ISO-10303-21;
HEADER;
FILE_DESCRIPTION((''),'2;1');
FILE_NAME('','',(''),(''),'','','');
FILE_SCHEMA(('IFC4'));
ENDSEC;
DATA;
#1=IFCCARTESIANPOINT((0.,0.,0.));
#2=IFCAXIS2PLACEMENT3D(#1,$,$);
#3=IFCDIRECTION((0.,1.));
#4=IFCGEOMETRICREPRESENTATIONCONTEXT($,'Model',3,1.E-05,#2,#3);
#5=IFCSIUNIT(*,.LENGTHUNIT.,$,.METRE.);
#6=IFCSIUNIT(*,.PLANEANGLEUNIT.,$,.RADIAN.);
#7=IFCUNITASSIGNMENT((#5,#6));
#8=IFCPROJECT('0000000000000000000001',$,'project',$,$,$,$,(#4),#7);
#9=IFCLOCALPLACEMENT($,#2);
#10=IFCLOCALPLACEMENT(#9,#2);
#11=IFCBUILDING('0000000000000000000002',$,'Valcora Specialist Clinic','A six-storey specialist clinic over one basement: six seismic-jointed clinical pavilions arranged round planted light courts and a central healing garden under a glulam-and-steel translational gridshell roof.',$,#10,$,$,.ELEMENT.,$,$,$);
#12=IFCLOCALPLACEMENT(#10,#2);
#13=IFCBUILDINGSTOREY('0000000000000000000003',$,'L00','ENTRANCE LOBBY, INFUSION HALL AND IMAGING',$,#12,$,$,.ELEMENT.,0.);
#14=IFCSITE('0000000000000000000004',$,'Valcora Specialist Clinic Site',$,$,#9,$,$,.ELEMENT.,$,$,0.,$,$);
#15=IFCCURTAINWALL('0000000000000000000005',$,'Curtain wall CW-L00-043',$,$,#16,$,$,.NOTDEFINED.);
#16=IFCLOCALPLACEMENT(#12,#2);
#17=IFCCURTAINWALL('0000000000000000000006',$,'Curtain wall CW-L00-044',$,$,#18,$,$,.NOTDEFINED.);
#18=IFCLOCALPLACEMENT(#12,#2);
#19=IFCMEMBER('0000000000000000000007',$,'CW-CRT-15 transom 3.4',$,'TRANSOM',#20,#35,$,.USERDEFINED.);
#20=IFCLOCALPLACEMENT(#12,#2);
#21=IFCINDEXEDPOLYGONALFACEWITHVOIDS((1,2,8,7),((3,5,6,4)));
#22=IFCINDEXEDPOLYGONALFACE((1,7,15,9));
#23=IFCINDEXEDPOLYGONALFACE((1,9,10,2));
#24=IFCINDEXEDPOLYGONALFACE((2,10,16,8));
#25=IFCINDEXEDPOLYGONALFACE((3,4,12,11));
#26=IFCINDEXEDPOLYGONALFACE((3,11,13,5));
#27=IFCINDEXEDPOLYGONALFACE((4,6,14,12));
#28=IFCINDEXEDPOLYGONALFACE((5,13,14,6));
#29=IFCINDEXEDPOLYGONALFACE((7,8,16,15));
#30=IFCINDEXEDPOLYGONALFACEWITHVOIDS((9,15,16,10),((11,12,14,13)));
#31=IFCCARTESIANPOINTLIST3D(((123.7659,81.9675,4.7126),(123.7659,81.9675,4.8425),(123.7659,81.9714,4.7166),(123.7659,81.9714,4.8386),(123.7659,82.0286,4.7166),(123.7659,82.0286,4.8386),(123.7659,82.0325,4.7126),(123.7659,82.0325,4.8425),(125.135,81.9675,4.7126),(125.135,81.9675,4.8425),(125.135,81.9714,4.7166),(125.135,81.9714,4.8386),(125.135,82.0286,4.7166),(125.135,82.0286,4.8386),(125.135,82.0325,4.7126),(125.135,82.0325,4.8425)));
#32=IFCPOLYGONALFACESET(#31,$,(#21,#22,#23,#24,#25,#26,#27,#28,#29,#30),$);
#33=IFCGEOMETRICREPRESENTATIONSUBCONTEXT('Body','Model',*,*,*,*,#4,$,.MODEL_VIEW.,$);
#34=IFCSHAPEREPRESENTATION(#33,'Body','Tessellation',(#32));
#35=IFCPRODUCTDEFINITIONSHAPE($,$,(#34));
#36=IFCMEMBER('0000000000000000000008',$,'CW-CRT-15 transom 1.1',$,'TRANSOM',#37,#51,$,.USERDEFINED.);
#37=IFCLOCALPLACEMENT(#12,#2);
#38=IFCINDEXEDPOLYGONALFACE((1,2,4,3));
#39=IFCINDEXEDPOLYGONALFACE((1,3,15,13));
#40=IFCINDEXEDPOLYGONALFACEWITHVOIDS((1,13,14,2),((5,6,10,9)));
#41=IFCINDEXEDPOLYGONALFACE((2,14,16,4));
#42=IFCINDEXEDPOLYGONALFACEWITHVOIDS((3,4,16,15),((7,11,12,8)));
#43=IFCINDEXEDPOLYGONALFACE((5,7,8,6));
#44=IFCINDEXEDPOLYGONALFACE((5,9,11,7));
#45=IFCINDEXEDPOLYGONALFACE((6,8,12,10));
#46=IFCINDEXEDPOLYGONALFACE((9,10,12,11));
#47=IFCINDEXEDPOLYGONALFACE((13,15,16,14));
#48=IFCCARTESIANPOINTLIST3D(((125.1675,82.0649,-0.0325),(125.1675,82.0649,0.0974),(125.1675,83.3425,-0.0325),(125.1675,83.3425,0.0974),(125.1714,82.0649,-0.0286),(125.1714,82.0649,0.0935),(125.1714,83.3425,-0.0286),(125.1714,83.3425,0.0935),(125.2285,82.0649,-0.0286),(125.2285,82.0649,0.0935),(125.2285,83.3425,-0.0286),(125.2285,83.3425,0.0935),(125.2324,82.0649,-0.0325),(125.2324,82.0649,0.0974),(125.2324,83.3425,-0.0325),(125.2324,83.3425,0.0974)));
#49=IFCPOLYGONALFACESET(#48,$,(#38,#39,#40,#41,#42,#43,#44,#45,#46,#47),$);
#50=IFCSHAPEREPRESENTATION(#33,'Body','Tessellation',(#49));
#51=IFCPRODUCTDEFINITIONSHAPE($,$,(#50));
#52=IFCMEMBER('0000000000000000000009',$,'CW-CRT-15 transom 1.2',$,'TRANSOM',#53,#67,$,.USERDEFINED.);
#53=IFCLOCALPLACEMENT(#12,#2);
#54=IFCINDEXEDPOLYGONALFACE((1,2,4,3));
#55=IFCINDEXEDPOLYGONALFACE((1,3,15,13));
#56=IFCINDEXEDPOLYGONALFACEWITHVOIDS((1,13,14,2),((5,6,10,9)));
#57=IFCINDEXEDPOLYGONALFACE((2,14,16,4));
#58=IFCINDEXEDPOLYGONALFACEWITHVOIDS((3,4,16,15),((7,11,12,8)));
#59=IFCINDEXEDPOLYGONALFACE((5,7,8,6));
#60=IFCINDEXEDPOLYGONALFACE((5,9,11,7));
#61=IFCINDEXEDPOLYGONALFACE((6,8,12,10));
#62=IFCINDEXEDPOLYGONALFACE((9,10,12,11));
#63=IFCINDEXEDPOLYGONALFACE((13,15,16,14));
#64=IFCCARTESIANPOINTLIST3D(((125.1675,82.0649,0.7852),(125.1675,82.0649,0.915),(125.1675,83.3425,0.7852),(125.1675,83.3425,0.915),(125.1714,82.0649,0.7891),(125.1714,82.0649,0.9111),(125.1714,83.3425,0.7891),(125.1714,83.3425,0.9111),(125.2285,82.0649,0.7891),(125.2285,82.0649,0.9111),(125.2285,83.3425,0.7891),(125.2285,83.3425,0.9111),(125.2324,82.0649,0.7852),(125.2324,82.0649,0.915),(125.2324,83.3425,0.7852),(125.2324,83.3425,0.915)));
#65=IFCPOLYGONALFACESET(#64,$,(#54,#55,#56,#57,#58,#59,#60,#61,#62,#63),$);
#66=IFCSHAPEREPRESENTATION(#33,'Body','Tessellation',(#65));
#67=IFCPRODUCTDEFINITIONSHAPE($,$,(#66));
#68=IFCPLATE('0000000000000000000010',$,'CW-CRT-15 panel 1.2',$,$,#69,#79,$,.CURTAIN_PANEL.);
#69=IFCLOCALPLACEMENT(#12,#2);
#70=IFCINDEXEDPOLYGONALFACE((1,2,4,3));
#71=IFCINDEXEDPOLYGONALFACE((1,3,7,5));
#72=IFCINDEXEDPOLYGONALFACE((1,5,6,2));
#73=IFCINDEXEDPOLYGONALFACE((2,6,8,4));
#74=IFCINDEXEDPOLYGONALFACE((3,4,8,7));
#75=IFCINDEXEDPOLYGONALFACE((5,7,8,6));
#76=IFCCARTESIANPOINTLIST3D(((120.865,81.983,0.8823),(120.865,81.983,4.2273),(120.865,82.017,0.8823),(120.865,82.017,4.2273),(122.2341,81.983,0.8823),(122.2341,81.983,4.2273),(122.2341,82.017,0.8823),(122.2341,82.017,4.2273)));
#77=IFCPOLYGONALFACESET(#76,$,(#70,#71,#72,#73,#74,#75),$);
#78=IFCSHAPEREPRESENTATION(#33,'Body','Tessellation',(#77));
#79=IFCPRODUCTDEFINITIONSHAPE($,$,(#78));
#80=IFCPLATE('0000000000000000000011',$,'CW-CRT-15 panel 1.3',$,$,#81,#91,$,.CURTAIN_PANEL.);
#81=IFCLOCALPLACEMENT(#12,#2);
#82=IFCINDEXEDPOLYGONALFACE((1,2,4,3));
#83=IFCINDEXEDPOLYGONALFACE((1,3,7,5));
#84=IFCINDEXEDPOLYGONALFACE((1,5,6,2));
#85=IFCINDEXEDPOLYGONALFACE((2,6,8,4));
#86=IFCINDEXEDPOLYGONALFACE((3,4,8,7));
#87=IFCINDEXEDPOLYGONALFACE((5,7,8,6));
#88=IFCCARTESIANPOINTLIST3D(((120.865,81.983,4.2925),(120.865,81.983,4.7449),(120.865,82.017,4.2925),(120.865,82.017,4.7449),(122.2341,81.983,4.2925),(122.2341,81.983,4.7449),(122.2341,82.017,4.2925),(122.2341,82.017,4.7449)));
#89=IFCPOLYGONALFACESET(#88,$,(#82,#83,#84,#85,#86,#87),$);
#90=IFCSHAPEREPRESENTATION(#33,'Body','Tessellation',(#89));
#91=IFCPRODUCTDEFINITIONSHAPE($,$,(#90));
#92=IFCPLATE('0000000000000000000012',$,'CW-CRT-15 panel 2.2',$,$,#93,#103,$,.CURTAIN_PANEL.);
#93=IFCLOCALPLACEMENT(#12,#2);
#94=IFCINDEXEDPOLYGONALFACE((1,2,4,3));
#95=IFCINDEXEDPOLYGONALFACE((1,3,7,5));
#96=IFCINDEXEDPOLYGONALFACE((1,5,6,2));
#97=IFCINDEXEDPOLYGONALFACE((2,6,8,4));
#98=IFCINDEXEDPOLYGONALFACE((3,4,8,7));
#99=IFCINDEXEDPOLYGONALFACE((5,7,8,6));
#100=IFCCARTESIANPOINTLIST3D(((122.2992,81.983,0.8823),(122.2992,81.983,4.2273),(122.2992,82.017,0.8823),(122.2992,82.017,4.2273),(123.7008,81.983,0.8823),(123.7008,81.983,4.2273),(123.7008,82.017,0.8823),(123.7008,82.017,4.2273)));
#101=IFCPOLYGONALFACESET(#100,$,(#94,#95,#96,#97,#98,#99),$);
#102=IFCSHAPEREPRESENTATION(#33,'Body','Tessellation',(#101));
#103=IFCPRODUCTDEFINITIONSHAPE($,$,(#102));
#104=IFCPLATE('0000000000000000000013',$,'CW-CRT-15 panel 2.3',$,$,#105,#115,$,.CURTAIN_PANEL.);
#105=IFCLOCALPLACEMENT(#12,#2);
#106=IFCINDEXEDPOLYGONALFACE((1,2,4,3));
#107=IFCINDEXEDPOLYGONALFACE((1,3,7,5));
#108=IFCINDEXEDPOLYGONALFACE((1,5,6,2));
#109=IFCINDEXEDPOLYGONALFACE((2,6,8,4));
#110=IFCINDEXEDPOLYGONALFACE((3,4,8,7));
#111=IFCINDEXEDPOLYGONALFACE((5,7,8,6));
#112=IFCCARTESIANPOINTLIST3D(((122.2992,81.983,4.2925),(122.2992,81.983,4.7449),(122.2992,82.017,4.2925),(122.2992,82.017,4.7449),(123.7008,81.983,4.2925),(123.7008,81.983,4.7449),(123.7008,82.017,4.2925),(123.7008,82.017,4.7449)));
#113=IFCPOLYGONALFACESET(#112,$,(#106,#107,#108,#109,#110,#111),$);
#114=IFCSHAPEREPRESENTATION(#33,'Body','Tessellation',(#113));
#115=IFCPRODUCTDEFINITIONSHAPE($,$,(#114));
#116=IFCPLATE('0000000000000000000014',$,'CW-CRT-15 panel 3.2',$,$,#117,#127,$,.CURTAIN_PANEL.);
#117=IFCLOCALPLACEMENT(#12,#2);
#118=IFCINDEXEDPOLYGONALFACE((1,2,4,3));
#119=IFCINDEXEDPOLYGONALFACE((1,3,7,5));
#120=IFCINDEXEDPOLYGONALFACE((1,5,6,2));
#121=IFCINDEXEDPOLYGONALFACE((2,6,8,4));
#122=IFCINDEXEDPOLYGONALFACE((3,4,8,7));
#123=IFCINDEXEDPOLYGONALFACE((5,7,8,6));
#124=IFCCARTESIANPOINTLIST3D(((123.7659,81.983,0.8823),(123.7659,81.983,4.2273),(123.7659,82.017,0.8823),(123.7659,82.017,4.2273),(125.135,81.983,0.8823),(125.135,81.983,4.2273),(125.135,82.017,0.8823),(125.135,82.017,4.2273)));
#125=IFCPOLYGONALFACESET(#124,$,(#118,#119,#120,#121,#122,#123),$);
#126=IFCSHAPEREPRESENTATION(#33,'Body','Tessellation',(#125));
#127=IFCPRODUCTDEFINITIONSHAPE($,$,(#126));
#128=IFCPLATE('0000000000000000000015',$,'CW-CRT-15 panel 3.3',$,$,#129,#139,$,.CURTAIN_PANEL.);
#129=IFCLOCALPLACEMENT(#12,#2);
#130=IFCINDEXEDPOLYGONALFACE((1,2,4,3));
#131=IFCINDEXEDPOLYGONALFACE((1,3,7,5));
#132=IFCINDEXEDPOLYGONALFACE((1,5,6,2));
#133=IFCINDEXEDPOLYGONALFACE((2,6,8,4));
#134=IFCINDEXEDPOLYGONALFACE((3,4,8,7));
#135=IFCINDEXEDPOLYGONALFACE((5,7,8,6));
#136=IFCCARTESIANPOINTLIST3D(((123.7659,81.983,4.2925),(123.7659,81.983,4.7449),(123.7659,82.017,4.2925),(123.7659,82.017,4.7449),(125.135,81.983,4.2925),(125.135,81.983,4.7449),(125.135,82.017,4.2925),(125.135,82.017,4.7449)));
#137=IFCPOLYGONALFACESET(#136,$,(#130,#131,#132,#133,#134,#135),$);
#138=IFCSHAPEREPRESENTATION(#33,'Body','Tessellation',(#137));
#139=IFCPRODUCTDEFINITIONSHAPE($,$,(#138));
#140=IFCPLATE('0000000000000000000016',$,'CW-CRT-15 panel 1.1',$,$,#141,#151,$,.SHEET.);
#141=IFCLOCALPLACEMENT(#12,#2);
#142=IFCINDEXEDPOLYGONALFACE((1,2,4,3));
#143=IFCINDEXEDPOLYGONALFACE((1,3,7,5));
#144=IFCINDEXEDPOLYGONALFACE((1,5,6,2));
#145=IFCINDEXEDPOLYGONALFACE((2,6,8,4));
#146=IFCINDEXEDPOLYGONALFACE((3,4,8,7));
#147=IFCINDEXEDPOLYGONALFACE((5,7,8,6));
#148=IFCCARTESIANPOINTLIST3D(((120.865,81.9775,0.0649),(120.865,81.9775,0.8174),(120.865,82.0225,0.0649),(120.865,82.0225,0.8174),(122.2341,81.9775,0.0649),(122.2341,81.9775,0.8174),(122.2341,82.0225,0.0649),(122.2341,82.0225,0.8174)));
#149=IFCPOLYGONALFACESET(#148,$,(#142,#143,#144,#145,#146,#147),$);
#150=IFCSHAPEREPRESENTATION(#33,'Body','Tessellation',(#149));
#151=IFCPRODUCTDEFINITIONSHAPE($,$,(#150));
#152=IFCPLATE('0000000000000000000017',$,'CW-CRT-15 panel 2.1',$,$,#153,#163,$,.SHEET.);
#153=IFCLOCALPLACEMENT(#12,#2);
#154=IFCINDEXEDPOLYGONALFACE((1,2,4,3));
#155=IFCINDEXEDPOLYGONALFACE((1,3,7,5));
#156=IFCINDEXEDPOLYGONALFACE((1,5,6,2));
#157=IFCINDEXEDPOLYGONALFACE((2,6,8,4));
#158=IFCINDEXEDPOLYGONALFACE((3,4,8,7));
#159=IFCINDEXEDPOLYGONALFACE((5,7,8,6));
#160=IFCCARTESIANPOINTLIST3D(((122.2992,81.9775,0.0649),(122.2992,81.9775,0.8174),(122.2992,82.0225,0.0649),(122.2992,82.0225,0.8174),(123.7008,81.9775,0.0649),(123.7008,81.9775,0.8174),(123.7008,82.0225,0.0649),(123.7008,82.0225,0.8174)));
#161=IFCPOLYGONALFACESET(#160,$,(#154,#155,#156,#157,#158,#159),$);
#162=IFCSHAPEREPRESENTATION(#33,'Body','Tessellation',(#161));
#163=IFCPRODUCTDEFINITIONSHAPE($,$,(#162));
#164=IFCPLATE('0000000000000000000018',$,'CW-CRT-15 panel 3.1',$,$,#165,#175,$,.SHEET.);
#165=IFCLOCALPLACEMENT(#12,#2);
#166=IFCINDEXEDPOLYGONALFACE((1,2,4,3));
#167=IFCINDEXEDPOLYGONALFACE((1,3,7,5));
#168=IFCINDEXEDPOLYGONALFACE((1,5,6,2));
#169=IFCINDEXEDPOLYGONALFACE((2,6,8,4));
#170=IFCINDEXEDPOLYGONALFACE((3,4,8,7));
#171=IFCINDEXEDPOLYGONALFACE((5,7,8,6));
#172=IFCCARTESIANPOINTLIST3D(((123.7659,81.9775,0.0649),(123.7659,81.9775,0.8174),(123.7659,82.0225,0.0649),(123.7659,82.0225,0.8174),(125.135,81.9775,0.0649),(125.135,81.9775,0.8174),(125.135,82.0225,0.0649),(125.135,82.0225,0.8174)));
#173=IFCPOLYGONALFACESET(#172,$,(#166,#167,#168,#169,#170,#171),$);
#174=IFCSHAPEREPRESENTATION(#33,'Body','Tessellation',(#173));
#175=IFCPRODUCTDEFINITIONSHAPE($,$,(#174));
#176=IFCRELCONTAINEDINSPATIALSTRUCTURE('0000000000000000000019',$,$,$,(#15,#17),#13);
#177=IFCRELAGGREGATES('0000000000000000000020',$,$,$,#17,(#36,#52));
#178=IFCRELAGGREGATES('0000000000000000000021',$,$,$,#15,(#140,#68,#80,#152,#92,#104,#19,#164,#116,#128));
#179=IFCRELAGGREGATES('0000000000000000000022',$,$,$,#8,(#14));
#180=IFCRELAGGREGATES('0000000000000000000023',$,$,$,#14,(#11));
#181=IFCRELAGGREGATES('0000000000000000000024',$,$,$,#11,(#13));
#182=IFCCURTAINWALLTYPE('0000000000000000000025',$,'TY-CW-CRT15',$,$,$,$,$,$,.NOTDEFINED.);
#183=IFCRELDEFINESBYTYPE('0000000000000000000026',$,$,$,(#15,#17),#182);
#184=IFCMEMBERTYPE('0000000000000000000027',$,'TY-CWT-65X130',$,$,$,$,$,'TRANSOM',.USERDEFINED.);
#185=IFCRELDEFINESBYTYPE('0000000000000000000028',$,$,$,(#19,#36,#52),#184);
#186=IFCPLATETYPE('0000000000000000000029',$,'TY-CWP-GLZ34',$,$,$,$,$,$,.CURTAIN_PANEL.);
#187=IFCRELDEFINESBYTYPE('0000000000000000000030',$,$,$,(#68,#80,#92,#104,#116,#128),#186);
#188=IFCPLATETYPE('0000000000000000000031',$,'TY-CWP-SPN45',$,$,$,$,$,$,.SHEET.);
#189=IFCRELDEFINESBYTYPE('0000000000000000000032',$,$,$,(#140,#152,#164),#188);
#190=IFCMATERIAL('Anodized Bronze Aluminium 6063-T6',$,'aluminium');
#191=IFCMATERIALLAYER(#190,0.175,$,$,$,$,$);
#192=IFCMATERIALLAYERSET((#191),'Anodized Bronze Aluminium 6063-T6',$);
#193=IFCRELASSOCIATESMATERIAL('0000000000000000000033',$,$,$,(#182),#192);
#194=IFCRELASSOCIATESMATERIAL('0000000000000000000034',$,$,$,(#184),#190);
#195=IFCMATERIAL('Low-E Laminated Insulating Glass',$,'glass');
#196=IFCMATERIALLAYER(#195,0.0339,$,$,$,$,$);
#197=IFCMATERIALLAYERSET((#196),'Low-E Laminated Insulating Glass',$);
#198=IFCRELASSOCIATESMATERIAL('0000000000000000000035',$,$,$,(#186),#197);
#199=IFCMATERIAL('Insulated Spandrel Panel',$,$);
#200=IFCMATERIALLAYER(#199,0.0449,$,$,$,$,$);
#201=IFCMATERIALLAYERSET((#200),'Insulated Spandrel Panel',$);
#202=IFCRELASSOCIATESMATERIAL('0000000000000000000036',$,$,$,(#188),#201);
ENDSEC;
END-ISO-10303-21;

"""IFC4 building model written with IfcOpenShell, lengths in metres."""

from ifc_helpers import new_model, si_unit, direction, frame, origin, origin_2d, place, context, subcontext, project, spatial, rectangle, hollow_rectangle, extrude, material, layer, layer_set, material_profile, profile_set, type_object, element, aggregate, save


model = new_model("IFC4")

# Units and contexts
model_context = context("Model", 3, precision=1e-05, world=origin(), true_north=direction((0.0, 1.0)))
body_context = subcontext(model_context, "Body", "Model", "MODEL_VIEW")
ifc_project = project(units=[si_unit("LENGTHUNIT", "METRE"), si_unit("PLANEANGLEUNIT", "RADIAN")], contexts=[model_context])

# Site, building, storey
site_placement = place(None, origin())
site = spatial("IfcSite", under=ifc_project, at=site_placement, Name="Valcora Specialist Clinic Site", CompositionType="ELEMENT", RefElevation=0.0)
building_placement = place(site_placement, origin())
building = spatial("IfcBuilding", under=site, at=building_placement, Name="Valcora Specialist Clinic", Description="A six-storey specialist clinic over one basement: six seismic-jointed clinical pavilions arranged round planted light courts and a central healing garden under a glulam-and-steel translational gridshell roof.", CompositionType="ELEMENT")
storey_placement = place(building_placement, origin())
storey = spatial("IfcBuildingStorey", under=building, at=storey_placement, Name="L00", Description="ENTRANCE LOBBY, INFUSION HALL AND IMAGING", CompositionType="ELEMENT", Elevation=0.0)

# Curtain wall
ifc_material_1 = material(Name="Anodized Bronze Aluminium 6063-T6", Category="aluminium")
ifc_layer_1 = layer(ifc_material_1, 0.175)
ifc_layer_set_1 = layer_set([ifc_layer_1], Name="Anodized Bronze Aluminium 6063-T6")
curtain_wall_type = type_object("IfcCurtainWallType", Name="TY-CW-CRT15", PredefinedType="NOTDEFINED", material=ifc_layer_set_1)
curtain_wall_1_placement = place(storey_placement, origin())
curtain_wall_1 = element("IfcCurtainWall", 1, at=curtain_wall_1_placement, inside=storey, type_object=curtain_wall_type, Name="Curtain wall CW-L00-043", PredefinedType="NOTDEFINED")

# Curtain wall
curtain_wall_2_placement = place(storey_placement, origin())
curtain_wall_2 = element("IfcCurtainWall", 2, at=curtain_wall_2_placement, inside=storey, type_object=curtain_wall_type, Name="Curtain wall CW-L00-044", PredefinedType="NOTDEFINED")

# Members
ifc_material_profile_1 = material_profile(ifc_material_1, hollow_rectangle(XDim=0.0649, YDim=0.1299, WallThickness=0.0039, at=origin_2d()), Name="AL-TRN-65X130")
ifc_profile_set_1 = profile_set([ifc_material_profile_1], Name="Anodized Bronze Aluminium 6063-T6")
member_type_1 = type_object("IfcMemberType", Name="TY-CWT-65X130", ElementType="TRANSOM", PredefinedType="USERDEFINED", material=ifc_profile_set_1)
member_1_placement = place(storey_placement, frame((123.7659, 82.0, 4.7776), z_axis=(1.0, 0.0, 0.0), x_axis=(0.0, 1.0, 0.0)))
member_1 = element("IfcMember", 3, at=member_1_placement, type_object=member_type_1, Name="CW-CRT-15 transom 3.4", ObjectType="TRANSOM", PredefinedType="USERDEFINED", context=body_context, shape_type="SweptSolid", body=[
    extrude(hollow_rectangle(XDim=0.0649, YDim=0.1299, WallThickness=0.0039, at=origin_2d()), origin(), (0.0, 0.0, 1.0), 1.3691),
])
member_2_placement = place(storey_placement, frame((125.2, 82.0649, 0.0325), z_axis=(0.0, 1.0, 0.0), x_axis=(-1.0, 0.0, 0.0)))
member_2 = element("IfcMember", 4, at=member_2_placement, type_object=member_type_1, Name="CW-CRT-15 transom 1.1", ObjectType="TRANSOM", PredefinedType="USERDEFINED", context=body_context, shape_type="SweptSolid", body=[
    extrude(hollow_rectangle(XDim=0.0649, YDim=0.1299, WallThickness=0.0039, at=origin_2d()), origin(), (0.0, 0.0, 1.0), 1.2776),
])
member_3_placement = place(storey_placement, frame((125.2, 82.0649, 0.8501), z_axis=(0.0, 1.0, 0.0), x_axis=(-1.0, 0.0, 0.0)))
member_3 = element("IfcMember", 5, at=member_3_placement, type_object=member_type_1, Name="CW-CRT-15 transom 1.2", ObjectType="TRANSOM", PredefinedType="USERDEFINED", context=body_context, shape_type="SweptSolid", body=[
    extrude(hollow_rectangle(XDim=0.0649, YDim=0.1299, WallThickness=0.0039, at=origin_2d()), origin(), (0.0, 0.0, 1.0), 1.2776),
])
aggregate(curtain_wall_2, [member_2, member_3])

# Plates
ifc_material_2 = material(Name="Low-E Laminated Insulating Glass", Category="glass")
ifc_layer_2 = layer(ifc_material_2, 0.0339)
ifc_layer_set_2 = layer_set([ifc_layer_2], Name="Low-E Laminated Insulating Glass")
plate_type_1 = type_object("IfcPlateType", Name="TY-CWP-GLZ34", PredefinedType="CURTAIN_PANEL", material=ifc_layer_set_2)
plate_1_placement = place(storey_placement, frame((121.5496, 82.0, 0.8823), z_axis=(0.0, 0.0, 1.0), x_axis=(1.0, 0.0, 0.0)))
plate_1 = element("IfcPlate", 6, at=plate_1_placement, type_object=plate_type_1, Name="CW-CRT-15 panel 1.2", PredefinedType="CURTAIN_PANEL", context=body_context, shape_type="SweptSolid", body=[
    extrude(rectangle(XDim=1.3691, YDim=0.0339, at=origin_2d()), origin(), (0.0, 0.0, 1.0), 3.345),
])
plate_2_placement = place(storey_placement, frame((121.5496, 82.0, 4.2925), z_axis=(0.0, 0.0, 1.0), x_axis=(1.0, 0.0, 0.0)))
plate_2 = element("IfcPlate", 7, at=plate_2_placement, type_object=plate_type_1, Name="CW-CRT-15 panel 1.3", PredefinedType="CURTAIN_PANEL", context=body_context, shape_type="SweptSolid", body=[
    extrude(rectangle(XDim=1.3691, YDim=0.0339, at=origin_2d()), origin(), (0.0, 0.0, 1.0), 0.4524),
])
plate_3_placement = place(storey_placement, frame((123.0, 82.0, 0.8823), z_axis=(0.0, 0.0, 1.0), x_axis=(1.0, 0.0, 0.0)))
plate_3 = element("IfcPlate", 8, at=plate_3_placement, type_object=plate_type_1, Name="CW-CRT-15 panel 2.2", PredefinedType="CURTAIN_PANEL", context=body_context, shape_type="SweptSolid", body=[
    extrude(rectangle(XDim=1.4016, YDim=0.0339, at=origin_2d()), origin(), (0.0, 0.0, 1.0), 3.345),
])
plate_4_placement = place(storey_placement, frame((123.0, 82.0, 4.2925), z_axis=(0.0, 0.0, 1.0), x_axis=(1.0, 0.0, 0.0)))
plate_4 = element("IfcPlate", 9, at=plate_4_placement, type_object=plate_type_1, Name="CW-CRT-15 panel 2.3", PredefinedType="CURTAIN_PANEL", context=body_context, shape_type="SweptSolid", body=[
    extrude(rectangle(XDim=1.4016, YDim=0.0339, at=origin_2d()), origin(), (0.0, 0.0, 1.0), 0.4524),
])
plate_5_placement = place(storey_placement, frame((124.4504, 82.0, 0.8823), z_axis=(0.0, 0.0, 1.0), x_axis=(1.0, 0.0, 0.0)))
plate_5 = element("IfcPlate", 10, at=plate_5_placement, type_object=plate_type_1, Name="CW-CRT-15 panel 3.2", PredefinedType="CURTAIN_PANEL", context=body_context, shape_type="SweptSolid", body=[
    extrude(rectangle(XDim=1.3691, YDim=0.0339, at=origin_2d()), origin(), (0.0, 0.0, 1.0), 3.345),
])
plate_6_placement = place(storey_placement, frame((124.4504, 82.0, 4.2925), z_axis=(0.0, 0.0, 1.0), x_axis=(1.0, 0.0, 0.0)))
plate_6 = element("IfcPlate", 11, at=plate_6_placement, type_object=plate_type_1, Name="CW-CRT-15 panel 3.3", PredefinedType="CURTAIN_PANEL", context=body_context, shape_type="SweptSolid", body=[
    extrude(rectangle(XDim=1.3691, YDim=0.0339, at=origin_2d()), origin(), (0.0, 0.0, 1.0), 0.4524),
])
ifc_material_3 = material(Name="Insulated Spandrel Panel")
ifc_layer_3 = layer(ifc_material_3, 0.0449)
ifc_layer_set_3 = layer_set([ifc_layer_3], Name="Insulated Spandrel Panel")
plate_type_2 = type_object("IfcPlateType", Name="TY-CWP-SPN45", PredefinedType="SHEET", material=ifc_layer_set_3)
plate_7_placement = place(storey_placement, frame((121.5496, 82.0, 0.0649), z_axis=(0.0, 0.0, 1.0), x_axis=(1.0, 0.0, 0.0)))
plate_7 = element("IfcPlate", 12, at=plate_7_placement, type_object=plate_type_2, Name="CW-CRT-15 panel 1.1", PredefinedType="SHEET", context=body_context, shape_type="SweptSolid", body=[
    extrude(rectangle(XDim=1.3691, YDim=0.0449, at=origin_2d()), origin(), (0.0, 0.0, 1.0), 0.7524),
])
plate_8_placement = place(storey_placement, frame((123.0, 82.0, 0.0649), z_axis=(0.0, 0.0, 1.0), x_axis=(1.0, 0.0, 0.0)))
plate_8 = element("IfcPlate", 13, at=plate_8_placement, type_object=plate_type_2, Name="CW-CRT-15 panel 2.1", PredefinedType="SHEET", context=body_context, shape_type="SweptSolid", body=[
    extrude(rectangle(XDim=1.4016, YDim=0.0449, at=origin_2d()), origin(), (0.0, 0.0, 1.0), 0.7524),
])
plate_9_placement = place(storey_placement, frame((124.4504, 82.0, 0.0649), z_axis=(0.0, 0.0, 1.0), x_axis=(1.0, 0.0, 0.0)))
plate_9 = element("IfcPlate", 14, at=plate_9_placement, type_object=plate_type_2, Name="CW-CRT-15 panel 3.1", PredefinedType="SHEET", context=body_context, shape_type="SweptSolid", body=[
    extrude(rectangle(XDim=1.3691, YDim=0.0449, at=origin_2d()), origin(), (0.0, 0.0, 1.0), 0.7524),
])
aggregate(curtain_wall_1, [plate_7, plate_1, plate_2, plate_8, plate_3, plate_4, member_1, plate_9, plate_5, plate_6])

save(model, "model.ifc")
